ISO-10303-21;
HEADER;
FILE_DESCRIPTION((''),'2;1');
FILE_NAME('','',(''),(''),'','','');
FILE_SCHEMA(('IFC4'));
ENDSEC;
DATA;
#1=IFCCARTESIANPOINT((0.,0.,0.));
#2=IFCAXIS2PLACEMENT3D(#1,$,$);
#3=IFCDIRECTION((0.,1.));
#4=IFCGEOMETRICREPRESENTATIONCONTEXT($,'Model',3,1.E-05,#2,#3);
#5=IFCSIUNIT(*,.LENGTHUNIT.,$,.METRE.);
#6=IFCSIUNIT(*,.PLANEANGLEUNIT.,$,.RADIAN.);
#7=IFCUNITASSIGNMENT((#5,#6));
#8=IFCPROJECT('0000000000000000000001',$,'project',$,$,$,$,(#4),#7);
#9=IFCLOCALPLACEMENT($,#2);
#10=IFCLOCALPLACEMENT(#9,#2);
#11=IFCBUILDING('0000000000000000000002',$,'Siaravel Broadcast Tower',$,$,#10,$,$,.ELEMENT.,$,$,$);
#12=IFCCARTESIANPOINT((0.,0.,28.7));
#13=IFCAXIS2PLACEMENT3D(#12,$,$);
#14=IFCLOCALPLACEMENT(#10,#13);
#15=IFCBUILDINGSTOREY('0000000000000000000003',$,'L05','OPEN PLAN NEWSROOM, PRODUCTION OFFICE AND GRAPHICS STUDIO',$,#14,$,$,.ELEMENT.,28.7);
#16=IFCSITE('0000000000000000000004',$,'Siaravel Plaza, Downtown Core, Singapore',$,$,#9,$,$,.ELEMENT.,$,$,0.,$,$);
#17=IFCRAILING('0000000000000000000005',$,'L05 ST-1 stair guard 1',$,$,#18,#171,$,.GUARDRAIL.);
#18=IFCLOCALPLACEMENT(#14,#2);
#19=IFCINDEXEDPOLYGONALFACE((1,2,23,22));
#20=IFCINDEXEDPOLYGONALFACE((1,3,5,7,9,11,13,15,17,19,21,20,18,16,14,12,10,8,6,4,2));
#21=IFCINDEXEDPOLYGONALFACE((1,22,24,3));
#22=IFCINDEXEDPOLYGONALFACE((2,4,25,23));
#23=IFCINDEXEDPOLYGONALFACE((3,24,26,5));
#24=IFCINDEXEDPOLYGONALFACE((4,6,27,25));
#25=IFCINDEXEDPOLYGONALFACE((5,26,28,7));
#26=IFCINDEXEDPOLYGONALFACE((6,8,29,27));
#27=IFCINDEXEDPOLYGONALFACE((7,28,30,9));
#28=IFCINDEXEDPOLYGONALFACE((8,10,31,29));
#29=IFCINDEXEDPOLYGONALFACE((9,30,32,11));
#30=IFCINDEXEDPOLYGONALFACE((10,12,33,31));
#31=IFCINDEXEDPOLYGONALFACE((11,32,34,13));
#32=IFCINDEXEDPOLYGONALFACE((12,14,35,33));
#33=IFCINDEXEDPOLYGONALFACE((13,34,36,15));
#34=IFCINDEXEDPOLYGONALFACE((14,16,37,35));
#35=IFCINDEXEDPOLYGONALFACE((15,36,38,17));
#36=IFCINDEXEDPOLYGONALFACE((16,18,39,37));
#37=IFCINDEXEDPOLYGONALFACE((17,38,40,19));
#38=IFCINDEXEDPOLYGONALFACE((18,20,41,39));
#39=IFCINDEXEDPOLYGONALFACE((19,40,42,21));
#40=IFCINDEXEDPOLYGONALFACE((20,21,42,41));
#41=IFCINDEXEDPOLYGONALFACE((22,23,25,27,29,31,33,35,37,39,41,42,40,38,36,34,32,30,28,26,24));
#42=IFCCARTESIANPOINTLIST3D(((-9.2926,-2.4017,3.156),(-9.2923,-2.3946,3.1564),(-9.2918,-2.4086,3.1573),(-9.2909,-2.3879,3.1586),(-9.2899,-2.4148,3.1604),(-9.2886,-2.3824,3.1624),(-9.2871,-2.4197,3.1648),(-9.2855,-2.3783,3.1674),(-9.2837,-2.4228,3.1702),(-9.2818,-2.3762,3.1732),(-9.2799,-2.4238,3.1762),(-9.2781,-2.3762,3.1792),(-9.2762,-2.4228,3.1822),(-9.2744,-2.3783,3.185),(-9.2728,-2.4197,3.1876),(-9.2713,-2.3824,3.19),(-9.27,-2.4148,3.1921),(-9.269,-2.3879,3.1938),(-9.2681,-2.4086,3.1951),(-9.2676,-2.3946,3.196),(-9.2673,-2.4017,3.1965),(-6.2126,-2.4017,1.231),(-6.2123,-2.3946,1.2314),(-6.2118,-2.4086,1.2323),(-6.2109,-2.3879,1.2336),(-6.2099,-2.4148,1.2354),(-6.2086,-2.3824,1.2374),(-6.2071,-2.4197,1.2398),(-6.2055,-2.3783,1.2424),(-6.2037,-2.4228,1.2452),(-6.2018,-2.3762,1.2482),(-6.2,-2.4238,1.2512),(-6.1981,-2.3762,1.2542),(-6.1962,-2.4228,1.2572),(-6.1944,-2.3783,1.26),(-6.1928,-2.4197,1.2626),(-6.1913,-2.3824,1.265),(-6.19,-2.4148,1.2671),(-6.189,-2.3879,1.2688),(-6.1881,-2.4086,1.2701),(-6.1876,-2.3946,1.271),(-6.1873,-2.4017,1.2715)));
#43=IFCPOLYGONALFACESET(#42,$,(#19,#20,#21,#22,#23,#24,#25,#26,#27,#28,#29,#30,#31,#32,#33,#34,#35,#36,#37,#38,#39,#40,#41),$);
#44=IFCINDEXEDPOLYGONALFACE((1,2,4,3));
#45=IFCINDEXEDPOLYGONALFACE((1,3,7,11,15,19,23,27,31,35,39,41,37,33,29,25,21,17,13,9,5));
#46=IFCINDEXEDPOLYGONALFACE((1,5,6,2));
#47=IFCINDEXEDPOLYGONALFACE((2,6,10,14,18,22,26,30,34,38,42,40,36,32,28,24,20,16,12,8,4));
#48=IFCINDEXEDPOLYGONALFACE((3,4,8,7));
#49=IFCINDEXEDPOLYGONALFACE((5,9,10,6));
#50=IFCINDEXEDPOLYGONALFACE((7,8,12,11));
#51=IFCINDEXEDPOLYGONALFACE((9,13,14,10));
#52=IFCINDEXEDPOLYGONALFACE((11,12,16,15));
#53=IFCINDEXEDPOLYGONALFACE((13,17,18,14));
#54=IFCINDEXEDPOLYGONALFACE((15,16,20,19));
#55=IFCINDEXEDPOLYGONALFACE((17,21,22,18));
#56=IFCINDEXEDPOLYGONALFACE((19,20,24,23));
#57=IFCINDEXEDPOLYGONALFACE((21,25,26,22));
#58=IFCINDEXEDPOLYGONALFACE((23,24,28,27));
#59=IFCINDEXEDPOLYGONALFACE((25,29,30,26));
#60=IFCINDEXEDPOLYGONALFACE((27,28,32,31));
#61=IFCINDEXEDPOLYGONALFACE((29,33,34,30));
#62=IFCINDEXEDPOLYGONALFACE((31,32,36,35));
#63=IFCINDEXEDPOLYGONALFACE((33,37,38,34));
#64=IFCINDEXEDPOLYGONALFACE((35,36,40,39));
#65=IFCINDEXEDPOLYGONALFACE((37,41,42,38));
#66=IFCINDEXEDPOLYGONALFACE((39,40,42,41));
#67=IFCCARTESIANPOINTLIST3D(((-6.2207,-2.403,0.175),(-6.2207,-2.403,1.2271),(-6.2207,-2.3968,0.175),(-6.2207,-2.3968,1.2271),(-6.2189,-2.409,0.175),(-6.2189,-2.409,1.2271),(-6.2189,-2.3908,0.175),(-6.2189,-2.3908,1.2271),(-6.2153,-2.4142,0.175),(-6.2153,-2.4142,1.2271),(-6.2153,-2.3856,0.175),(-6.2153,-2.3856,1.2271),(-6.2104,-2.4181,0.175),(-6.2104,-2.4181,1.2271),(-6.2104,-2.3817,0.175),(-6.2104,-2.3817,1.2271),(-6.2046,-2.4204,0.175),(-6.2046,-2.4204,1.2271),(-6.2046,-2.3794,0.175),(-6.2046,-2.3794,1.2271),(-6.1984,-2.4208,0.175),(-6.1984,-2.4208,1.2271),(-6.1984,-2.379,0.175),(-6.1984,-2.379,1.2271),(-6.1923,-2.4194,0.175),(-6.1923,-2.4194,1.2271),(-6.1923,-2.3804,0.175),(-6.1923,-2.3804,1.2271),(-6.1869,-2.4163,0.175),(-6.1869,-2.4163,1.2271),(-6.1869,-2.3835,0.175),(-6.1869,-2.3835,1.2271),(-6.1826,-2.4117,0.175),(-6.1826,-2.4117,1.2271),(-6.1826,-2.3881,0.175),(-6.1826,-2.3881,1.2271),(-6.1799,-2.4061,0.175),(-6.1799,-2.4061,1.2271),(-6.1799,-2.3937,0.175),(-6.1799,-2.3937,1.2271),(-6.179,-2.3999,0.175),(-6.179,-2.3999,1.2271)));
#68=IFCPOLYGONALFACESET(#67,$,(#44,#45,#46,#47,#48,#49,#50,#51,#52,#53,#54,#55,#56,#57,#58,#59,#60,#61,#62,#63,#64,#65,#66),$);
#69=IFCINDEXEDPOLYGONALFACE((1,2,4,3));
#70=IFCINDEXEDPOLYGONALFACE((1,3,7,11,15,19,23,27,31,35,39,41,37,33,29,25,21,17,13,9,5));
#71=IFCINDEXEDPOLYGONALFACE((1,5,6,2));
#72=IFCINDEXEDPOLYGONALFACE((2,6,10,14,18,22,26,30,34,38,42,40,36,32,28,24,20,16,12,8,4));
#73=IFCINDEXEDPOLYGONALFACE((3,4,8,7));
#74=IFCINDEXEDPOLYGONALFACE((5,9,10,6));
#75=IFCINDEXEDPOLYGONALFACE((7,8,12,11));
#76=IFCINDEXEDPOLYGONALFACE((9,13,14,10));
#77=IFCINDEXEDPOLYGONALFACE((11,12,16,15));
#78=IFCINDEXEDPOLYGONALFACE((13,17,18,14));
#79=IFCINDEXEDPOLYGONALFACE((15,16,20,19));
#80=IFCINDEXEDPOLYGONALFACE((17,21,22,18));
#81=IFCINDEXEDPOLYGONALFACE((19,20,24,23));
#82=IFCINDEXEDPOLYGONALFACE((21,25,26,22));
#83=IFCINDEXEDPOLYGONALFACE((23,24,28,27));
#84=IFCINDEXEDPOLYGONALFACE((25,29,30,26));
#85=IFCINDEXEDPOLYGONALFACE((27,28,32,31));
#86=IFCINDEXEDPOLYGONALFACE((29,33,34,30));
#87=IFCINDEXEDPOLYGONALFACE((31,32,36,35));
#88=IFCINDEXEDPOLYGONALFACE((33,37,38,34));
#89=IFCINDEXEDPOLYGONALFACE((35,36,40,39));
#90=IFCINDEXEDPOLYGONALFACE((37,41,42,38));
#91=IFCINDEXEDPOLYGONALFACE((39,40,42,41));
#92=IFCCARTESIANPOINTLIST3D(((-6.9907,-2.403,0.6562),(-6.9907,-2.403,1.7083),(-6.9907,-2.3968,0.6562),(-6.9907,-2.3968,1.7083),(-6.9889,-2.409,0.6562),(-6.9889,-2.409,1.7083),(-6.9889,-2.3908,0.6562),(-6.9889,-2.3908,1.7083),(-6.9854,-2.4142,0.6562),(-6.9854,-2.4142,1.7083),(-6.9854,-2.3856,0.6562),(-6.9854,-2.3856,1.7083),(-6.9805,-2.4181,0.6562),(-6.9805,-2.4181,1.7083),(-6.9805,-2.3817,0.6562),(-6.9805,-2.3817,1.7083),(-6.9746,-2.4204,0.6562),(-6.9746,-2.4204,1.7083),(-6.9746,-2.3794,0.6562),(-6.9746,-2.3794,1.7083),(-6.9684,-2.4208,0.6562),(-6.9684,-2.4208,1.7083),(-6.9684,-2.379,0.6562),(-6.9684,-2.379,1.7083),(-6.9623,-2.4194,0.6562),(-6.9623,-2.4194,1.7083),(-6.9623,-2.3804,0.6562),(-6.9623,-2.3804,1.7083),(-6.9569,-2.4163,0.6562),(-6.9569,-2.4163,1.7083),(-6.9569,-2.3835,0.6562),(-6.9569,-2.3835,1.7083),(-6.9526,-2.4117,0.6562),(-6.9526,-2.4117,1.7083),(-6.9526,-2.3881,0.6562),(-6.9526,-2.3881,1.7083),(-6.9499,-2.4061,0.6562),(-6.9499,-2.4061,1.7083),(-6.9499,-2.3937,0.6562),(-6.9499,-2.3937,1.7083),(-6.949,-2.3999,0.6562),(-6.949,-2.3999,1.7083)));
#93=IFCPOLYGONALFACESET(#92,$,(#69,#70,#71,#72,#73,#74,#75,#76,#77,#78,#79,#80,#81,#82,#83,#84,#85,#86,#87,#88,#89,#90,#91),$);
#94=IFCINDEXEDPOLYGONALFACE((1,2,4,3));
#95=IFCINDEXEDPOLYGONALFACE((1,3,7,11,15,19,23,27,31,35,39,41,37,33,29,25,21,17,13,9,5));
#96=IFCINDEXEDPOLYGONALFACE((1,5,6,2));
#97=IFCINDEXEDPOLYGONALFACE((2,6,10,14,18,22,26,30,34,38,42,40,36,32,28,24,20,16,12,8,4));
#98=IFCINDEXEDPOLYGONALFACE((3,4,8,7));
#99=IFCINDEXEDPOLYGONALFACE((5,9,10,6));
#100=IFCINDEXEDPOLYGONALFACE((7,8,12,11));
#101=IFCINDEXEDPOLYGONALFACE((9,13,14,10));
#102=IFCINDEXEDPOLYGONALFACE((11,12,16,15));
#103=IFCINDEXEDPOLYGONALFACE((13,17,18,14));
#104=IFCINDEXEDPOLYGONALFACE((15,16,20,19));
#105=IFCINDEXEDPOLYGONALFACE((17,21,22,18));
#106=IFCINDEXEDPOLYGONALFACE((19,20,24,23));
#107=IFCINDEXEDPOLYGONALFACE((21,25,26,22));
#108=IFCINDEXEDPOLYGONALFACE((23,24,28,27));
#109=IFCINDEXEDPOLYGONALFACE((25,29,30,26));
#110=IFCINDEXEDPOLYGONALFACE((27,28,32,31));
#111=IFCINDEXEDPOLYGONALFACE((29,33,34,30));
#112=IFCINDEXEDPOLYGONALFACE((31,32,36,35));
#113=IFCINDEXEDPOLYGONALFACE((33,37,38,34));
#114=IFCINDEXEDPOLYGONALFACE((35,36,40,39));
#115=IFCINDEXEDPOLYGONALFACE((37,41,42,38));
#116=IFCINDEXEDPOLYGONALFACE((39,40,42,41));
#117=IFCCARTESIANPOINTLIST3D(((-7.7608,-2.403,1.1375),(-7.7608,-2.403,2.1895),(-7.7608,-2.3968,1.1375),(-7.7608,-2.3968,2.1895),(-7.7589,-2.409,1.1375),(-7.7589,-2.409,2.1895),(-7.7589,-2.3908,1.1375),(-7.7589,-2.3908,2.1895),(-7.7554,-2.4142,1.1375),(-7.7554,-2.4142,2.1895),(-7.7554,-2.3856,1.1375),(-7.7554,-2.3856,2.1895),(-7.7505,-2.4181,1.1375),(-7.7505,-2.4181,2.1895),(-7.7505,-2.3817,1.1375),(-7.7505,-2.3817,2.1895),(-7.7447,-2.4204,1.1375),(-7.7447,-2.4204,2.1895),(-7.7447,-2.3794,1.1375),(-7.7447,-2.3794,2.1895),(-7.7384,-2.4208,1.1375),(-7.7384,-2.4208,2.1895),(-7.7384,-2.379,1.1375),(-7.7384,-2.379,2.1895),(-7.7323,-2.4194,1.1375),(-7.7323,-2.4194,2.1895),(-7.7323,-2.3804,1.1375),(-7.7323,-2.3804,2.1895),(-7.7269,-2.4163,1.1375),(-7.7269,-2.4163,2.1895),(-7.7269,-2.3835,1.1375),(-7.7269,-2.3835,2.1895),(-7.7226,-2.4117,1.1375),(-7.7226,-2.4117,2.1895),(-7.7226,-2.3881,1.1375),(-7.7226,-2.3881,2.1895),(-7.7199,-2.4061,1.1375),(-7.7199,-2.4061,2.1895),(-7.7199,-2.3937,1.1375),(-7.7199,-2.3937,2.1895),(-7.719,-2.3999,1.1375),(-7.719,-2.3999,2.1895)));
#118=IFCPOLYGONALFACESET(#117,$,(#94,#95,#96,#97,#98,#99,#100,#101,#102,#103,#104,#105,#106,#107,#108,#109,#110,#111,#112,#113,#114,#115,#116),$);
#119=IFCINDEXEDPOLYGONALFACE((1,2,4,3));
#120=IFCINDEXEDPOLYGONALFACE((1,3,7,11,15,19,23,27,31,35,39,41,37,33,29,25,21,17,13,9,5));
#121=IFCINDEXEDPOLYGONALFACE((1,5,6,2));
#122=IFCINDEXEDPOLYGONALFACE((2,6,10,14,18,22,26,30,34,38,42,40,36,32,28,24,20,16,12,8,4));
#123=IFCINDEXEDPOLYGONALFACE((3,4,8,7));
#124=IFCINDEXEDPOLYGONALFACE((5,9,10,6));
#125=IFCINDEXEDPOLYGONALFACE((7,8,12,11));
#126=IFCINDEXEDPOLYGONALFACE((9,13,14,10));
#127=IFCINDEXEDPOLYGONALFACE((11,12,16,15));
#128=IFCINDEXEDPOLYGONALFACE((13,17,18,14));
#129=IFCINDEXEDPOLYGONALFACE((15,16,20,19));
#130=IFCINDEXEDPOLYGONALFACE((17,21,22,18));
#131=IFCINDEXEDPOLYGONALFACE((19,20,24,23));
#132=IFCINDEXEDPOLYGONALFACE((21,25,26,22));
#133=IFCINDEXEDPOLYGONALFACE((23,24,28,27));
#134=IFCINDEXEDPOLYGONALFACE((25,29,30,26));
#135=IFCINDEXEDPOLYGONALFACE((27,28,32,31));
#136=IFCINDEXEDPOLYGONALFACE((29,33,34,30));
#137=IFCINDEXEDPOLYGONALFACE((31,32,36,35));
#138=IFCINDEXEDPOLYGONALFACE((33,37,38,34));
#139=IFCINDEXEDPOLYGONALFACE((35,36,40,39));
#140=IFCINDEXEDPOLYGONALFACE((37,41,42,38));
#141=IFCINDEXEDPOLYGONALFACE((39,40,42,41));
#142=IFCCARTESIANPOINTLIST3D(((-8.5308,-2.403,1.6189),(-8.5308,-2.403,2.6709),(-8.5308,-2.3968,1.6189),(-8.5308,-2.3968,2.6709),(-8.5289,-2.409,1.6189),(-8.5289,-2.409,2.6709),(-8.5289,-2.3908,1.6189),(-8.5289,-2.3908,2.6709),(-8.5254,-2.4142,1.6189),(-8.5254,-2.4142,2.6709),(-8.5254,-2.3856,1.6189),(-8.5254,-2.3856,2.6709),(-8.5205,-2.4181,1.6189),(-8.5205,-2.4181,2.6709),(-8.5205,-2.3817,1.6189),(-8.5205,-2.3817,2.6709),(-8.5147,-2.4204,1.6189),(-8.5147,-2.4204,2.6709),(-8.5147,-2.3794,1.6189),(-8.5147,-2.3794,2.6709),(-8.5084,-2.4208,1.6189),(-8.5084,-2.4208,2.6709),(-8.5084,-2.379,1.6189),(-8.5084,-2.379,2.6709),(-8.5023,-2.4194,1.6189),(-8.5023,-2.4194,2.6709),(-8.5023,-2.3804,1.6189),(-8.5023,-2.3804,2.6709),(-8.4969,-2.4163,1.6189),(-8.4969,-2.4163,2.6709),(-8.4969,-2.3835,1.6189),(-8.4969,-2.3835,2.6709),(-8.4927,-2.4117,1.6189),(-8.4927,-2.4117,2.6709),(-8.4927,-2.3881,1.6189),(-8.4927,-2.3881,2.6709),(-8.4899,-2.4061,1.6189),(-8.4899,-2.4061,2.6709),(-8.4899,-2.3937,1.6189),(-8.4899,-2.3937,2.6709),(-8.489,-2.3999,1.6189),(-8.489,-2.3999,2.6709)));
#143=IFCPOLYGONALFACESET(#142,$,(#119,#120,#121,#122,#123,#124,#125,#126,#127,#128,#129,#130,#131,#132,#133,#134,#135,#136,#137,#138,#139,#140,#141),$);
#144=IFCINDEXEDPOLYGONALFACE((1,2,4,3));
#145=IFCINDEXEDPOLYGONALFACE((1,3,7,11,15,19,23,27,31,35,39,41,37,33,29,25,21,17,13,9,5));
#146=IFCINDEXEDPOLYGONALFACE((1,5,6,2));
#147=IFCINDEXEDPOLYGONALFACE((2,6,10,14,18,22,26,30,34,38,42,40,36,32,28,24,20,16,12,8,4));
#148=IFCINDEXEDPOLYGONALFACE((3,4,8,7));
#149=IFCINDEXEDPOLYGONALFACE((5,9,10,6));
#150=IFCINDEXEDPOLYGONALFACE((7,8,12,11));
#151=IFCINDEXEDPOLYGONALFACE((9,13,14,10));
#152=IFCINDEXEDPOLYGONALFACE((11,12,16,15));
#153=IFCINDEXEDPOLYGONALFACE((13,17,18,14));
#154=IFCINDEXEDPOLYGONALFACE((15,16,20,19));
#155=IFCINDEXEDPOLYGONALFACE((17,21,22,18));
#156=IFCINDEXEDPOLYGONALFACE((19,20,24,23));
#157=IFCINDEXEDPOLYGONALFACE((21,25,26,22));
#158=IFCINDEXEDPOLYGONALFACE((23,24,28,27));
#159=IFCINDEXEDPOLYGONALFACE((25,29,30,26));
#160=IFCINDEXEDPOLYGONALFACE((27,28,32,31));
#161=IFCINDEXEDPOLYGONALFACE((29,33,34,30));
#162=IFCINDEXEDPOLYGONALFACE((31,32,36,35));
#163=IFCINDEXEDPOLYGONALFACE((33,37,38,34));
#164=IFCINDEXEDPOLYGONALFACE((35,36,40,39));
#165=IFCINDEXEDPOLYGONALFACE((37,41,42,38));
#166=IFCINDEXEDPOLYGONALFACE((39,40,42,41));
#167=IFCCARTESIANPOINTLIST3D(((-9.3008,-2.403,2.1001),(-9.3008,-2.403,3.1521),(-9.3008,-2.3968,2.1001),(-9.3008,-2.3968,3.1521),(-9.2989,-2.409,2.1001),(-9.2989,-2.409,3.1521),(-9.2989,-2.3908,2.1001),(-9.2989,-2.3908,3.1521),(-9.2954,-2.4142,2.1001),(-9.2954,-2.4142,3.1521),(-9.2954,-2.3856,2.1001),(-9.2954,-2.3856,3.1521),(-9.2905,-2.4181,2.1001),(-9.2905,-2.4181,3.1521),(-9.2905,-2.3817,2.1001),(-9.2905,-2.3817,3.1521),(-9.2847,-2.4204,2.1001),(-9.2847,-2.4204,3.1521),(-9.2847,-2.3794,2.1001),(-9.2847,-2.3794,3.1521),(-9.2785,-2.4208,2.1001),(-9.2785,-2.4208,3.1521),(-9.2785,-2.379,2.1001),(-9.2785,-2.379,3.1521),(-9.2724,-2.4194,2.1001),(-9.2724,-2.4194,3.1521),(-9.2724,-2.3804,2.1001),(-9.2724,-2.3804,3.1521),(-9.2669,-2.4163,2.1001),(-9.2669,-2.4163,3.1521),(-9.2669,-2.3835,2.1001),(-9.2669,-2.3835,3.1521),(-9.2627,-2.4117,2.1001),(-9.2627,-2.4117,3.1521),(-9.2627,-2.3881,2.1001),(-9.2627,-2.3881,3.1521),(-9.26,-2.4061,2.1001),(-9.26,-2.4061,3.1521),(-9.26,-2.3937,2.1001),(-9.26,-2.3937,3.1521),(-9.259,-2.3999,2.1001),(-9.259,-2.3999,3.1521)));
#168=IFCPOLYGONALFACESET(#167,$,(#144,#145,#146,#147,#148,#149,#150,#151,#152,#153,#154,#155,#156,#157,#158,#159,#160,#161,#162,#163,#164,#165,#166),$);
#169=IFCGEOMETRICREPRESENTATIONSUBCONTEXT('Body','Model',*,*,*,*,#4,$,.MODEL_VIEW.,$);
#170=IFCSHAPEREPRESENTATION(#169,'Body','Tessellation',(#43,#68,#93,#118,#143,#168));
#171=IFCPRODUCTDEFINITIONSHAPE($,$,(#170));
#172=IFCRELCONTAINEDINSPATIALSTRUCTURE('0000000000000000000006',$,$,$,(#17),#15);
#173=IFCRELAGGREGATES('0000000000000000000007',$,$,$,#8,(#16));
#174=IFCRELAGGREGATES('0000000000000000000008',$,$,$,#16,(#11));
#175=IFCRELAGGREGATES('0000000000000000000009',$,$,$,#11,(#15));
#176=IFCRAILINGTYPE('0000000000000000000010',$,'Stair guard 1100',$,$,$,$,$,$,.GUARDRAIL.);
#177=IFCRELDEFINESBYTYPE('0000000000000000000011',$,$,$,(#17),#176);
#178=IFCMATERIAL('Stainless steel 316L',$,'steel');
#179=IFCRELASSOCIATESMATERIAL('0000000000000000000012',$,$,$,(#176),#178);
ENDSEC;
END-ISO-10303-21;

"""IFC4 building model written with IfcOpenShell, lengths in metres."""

from ifc_helpers import new_model, si_unit, direction, frame, origin, origin_2d, place, context, subcontext, project, spatial, circle, extrude, material, type_object, element, save


model = new_model("IFC4")

# Units and contexts
model_context = context("Model", 3, precision=1e-05, world=origin(), true_north=direction((0.0, 1.0)))
body_context = subcontext(model_context, "Body", "Model", "MODEL_VIEW")
ifc_project = project(units=[si_unit("LENGTHUNIT", "METRE"), si_unit("PLANEANGLEUNIT", "RADIAN")], contexts=[model_context])

# Site, building, storey
site_placement = place(None, origin())
site = spatial("IfcSite", under=ifc_project, at=site_placement, Name="Siaravel Plaza, Downtown Core, Singapore", CompositionType="ELEMENT", RefElevation=0.0)
building_placement = place(site_placement, origin())
building = spatial("IfcBuilding", under=site, at=building_placement, Name="Siaravel Broadcast Tower", CompositionType="ELEMENT")
storey_placement = place(building_placement, frame((0.0, 0.0, 28.7)))
storey = spatial("IfcBuildingStorey", under=building, at=storey_placement, Name="L05", Description="OPEN PLAN NEWSROOM, PRODUCTION OFFICE AND GRAPHICS STUDIO", CompositionType="ELEMENT", Elevation=28.7)

# Railing
ifc_material_1 = material(Name="Stainless steel 316L", Category="steel")
railing_type_1 = type_object("IfcRailingType", Name="Stair guard 1100", PredefinedType="GUARDRAIL", material=ifc_material_1)
railing_1_placement = place(storey_placement, frame((-6.2, -2.3999, 0.175)))
element("IfcRailing", 1, at=railing_1_placement, inside=storey, type_object=railing_type_1, Name="L05 ST-1 stair guard 1", PredefinedType="GUARDRAIL", context=body_context, shape_type="SweptSolid", body=[
    extrude(circle(Radius=0.0239, at=origin_2d()), frame((0.0, 0.0, 1.0762), z_axis=(-0.847998, 0.0, 0.529999), x_axis=(0.0, -1.0, 0.0)), (0.0, 0.0, 1.0), 3.6321),
    extrude(circle(Radius=0.021, at=origin_2d()), origin(), (0.0, 0.0, 1.0), 1.052),
    extrude(circle(Radius=0.021, at=origin_2d()), frame((-0.77, 0.0, 0.4812)), (0.0, 0.0, 1.0), 1.052),
    extrude(circle(Radius=0.021, at=origin_2d()), frame((-1.54, 0.0, 0.9624)), (0.0, 0.0, 1.0), 1.052),
    extrude(circle(Radius=0.021, at=origin_2d()), frame((-2.3101, 0.0, 1.4438)), (0.0, 0.0, 1.0), 1.052),
    extrude(circle(Radius=0.021, at=origin_2d()), frame((-3.0801, 0.0, 1.925)), (0.0, 0.0, 1.0), 1.052),
])

save(model, "model.ifc")
